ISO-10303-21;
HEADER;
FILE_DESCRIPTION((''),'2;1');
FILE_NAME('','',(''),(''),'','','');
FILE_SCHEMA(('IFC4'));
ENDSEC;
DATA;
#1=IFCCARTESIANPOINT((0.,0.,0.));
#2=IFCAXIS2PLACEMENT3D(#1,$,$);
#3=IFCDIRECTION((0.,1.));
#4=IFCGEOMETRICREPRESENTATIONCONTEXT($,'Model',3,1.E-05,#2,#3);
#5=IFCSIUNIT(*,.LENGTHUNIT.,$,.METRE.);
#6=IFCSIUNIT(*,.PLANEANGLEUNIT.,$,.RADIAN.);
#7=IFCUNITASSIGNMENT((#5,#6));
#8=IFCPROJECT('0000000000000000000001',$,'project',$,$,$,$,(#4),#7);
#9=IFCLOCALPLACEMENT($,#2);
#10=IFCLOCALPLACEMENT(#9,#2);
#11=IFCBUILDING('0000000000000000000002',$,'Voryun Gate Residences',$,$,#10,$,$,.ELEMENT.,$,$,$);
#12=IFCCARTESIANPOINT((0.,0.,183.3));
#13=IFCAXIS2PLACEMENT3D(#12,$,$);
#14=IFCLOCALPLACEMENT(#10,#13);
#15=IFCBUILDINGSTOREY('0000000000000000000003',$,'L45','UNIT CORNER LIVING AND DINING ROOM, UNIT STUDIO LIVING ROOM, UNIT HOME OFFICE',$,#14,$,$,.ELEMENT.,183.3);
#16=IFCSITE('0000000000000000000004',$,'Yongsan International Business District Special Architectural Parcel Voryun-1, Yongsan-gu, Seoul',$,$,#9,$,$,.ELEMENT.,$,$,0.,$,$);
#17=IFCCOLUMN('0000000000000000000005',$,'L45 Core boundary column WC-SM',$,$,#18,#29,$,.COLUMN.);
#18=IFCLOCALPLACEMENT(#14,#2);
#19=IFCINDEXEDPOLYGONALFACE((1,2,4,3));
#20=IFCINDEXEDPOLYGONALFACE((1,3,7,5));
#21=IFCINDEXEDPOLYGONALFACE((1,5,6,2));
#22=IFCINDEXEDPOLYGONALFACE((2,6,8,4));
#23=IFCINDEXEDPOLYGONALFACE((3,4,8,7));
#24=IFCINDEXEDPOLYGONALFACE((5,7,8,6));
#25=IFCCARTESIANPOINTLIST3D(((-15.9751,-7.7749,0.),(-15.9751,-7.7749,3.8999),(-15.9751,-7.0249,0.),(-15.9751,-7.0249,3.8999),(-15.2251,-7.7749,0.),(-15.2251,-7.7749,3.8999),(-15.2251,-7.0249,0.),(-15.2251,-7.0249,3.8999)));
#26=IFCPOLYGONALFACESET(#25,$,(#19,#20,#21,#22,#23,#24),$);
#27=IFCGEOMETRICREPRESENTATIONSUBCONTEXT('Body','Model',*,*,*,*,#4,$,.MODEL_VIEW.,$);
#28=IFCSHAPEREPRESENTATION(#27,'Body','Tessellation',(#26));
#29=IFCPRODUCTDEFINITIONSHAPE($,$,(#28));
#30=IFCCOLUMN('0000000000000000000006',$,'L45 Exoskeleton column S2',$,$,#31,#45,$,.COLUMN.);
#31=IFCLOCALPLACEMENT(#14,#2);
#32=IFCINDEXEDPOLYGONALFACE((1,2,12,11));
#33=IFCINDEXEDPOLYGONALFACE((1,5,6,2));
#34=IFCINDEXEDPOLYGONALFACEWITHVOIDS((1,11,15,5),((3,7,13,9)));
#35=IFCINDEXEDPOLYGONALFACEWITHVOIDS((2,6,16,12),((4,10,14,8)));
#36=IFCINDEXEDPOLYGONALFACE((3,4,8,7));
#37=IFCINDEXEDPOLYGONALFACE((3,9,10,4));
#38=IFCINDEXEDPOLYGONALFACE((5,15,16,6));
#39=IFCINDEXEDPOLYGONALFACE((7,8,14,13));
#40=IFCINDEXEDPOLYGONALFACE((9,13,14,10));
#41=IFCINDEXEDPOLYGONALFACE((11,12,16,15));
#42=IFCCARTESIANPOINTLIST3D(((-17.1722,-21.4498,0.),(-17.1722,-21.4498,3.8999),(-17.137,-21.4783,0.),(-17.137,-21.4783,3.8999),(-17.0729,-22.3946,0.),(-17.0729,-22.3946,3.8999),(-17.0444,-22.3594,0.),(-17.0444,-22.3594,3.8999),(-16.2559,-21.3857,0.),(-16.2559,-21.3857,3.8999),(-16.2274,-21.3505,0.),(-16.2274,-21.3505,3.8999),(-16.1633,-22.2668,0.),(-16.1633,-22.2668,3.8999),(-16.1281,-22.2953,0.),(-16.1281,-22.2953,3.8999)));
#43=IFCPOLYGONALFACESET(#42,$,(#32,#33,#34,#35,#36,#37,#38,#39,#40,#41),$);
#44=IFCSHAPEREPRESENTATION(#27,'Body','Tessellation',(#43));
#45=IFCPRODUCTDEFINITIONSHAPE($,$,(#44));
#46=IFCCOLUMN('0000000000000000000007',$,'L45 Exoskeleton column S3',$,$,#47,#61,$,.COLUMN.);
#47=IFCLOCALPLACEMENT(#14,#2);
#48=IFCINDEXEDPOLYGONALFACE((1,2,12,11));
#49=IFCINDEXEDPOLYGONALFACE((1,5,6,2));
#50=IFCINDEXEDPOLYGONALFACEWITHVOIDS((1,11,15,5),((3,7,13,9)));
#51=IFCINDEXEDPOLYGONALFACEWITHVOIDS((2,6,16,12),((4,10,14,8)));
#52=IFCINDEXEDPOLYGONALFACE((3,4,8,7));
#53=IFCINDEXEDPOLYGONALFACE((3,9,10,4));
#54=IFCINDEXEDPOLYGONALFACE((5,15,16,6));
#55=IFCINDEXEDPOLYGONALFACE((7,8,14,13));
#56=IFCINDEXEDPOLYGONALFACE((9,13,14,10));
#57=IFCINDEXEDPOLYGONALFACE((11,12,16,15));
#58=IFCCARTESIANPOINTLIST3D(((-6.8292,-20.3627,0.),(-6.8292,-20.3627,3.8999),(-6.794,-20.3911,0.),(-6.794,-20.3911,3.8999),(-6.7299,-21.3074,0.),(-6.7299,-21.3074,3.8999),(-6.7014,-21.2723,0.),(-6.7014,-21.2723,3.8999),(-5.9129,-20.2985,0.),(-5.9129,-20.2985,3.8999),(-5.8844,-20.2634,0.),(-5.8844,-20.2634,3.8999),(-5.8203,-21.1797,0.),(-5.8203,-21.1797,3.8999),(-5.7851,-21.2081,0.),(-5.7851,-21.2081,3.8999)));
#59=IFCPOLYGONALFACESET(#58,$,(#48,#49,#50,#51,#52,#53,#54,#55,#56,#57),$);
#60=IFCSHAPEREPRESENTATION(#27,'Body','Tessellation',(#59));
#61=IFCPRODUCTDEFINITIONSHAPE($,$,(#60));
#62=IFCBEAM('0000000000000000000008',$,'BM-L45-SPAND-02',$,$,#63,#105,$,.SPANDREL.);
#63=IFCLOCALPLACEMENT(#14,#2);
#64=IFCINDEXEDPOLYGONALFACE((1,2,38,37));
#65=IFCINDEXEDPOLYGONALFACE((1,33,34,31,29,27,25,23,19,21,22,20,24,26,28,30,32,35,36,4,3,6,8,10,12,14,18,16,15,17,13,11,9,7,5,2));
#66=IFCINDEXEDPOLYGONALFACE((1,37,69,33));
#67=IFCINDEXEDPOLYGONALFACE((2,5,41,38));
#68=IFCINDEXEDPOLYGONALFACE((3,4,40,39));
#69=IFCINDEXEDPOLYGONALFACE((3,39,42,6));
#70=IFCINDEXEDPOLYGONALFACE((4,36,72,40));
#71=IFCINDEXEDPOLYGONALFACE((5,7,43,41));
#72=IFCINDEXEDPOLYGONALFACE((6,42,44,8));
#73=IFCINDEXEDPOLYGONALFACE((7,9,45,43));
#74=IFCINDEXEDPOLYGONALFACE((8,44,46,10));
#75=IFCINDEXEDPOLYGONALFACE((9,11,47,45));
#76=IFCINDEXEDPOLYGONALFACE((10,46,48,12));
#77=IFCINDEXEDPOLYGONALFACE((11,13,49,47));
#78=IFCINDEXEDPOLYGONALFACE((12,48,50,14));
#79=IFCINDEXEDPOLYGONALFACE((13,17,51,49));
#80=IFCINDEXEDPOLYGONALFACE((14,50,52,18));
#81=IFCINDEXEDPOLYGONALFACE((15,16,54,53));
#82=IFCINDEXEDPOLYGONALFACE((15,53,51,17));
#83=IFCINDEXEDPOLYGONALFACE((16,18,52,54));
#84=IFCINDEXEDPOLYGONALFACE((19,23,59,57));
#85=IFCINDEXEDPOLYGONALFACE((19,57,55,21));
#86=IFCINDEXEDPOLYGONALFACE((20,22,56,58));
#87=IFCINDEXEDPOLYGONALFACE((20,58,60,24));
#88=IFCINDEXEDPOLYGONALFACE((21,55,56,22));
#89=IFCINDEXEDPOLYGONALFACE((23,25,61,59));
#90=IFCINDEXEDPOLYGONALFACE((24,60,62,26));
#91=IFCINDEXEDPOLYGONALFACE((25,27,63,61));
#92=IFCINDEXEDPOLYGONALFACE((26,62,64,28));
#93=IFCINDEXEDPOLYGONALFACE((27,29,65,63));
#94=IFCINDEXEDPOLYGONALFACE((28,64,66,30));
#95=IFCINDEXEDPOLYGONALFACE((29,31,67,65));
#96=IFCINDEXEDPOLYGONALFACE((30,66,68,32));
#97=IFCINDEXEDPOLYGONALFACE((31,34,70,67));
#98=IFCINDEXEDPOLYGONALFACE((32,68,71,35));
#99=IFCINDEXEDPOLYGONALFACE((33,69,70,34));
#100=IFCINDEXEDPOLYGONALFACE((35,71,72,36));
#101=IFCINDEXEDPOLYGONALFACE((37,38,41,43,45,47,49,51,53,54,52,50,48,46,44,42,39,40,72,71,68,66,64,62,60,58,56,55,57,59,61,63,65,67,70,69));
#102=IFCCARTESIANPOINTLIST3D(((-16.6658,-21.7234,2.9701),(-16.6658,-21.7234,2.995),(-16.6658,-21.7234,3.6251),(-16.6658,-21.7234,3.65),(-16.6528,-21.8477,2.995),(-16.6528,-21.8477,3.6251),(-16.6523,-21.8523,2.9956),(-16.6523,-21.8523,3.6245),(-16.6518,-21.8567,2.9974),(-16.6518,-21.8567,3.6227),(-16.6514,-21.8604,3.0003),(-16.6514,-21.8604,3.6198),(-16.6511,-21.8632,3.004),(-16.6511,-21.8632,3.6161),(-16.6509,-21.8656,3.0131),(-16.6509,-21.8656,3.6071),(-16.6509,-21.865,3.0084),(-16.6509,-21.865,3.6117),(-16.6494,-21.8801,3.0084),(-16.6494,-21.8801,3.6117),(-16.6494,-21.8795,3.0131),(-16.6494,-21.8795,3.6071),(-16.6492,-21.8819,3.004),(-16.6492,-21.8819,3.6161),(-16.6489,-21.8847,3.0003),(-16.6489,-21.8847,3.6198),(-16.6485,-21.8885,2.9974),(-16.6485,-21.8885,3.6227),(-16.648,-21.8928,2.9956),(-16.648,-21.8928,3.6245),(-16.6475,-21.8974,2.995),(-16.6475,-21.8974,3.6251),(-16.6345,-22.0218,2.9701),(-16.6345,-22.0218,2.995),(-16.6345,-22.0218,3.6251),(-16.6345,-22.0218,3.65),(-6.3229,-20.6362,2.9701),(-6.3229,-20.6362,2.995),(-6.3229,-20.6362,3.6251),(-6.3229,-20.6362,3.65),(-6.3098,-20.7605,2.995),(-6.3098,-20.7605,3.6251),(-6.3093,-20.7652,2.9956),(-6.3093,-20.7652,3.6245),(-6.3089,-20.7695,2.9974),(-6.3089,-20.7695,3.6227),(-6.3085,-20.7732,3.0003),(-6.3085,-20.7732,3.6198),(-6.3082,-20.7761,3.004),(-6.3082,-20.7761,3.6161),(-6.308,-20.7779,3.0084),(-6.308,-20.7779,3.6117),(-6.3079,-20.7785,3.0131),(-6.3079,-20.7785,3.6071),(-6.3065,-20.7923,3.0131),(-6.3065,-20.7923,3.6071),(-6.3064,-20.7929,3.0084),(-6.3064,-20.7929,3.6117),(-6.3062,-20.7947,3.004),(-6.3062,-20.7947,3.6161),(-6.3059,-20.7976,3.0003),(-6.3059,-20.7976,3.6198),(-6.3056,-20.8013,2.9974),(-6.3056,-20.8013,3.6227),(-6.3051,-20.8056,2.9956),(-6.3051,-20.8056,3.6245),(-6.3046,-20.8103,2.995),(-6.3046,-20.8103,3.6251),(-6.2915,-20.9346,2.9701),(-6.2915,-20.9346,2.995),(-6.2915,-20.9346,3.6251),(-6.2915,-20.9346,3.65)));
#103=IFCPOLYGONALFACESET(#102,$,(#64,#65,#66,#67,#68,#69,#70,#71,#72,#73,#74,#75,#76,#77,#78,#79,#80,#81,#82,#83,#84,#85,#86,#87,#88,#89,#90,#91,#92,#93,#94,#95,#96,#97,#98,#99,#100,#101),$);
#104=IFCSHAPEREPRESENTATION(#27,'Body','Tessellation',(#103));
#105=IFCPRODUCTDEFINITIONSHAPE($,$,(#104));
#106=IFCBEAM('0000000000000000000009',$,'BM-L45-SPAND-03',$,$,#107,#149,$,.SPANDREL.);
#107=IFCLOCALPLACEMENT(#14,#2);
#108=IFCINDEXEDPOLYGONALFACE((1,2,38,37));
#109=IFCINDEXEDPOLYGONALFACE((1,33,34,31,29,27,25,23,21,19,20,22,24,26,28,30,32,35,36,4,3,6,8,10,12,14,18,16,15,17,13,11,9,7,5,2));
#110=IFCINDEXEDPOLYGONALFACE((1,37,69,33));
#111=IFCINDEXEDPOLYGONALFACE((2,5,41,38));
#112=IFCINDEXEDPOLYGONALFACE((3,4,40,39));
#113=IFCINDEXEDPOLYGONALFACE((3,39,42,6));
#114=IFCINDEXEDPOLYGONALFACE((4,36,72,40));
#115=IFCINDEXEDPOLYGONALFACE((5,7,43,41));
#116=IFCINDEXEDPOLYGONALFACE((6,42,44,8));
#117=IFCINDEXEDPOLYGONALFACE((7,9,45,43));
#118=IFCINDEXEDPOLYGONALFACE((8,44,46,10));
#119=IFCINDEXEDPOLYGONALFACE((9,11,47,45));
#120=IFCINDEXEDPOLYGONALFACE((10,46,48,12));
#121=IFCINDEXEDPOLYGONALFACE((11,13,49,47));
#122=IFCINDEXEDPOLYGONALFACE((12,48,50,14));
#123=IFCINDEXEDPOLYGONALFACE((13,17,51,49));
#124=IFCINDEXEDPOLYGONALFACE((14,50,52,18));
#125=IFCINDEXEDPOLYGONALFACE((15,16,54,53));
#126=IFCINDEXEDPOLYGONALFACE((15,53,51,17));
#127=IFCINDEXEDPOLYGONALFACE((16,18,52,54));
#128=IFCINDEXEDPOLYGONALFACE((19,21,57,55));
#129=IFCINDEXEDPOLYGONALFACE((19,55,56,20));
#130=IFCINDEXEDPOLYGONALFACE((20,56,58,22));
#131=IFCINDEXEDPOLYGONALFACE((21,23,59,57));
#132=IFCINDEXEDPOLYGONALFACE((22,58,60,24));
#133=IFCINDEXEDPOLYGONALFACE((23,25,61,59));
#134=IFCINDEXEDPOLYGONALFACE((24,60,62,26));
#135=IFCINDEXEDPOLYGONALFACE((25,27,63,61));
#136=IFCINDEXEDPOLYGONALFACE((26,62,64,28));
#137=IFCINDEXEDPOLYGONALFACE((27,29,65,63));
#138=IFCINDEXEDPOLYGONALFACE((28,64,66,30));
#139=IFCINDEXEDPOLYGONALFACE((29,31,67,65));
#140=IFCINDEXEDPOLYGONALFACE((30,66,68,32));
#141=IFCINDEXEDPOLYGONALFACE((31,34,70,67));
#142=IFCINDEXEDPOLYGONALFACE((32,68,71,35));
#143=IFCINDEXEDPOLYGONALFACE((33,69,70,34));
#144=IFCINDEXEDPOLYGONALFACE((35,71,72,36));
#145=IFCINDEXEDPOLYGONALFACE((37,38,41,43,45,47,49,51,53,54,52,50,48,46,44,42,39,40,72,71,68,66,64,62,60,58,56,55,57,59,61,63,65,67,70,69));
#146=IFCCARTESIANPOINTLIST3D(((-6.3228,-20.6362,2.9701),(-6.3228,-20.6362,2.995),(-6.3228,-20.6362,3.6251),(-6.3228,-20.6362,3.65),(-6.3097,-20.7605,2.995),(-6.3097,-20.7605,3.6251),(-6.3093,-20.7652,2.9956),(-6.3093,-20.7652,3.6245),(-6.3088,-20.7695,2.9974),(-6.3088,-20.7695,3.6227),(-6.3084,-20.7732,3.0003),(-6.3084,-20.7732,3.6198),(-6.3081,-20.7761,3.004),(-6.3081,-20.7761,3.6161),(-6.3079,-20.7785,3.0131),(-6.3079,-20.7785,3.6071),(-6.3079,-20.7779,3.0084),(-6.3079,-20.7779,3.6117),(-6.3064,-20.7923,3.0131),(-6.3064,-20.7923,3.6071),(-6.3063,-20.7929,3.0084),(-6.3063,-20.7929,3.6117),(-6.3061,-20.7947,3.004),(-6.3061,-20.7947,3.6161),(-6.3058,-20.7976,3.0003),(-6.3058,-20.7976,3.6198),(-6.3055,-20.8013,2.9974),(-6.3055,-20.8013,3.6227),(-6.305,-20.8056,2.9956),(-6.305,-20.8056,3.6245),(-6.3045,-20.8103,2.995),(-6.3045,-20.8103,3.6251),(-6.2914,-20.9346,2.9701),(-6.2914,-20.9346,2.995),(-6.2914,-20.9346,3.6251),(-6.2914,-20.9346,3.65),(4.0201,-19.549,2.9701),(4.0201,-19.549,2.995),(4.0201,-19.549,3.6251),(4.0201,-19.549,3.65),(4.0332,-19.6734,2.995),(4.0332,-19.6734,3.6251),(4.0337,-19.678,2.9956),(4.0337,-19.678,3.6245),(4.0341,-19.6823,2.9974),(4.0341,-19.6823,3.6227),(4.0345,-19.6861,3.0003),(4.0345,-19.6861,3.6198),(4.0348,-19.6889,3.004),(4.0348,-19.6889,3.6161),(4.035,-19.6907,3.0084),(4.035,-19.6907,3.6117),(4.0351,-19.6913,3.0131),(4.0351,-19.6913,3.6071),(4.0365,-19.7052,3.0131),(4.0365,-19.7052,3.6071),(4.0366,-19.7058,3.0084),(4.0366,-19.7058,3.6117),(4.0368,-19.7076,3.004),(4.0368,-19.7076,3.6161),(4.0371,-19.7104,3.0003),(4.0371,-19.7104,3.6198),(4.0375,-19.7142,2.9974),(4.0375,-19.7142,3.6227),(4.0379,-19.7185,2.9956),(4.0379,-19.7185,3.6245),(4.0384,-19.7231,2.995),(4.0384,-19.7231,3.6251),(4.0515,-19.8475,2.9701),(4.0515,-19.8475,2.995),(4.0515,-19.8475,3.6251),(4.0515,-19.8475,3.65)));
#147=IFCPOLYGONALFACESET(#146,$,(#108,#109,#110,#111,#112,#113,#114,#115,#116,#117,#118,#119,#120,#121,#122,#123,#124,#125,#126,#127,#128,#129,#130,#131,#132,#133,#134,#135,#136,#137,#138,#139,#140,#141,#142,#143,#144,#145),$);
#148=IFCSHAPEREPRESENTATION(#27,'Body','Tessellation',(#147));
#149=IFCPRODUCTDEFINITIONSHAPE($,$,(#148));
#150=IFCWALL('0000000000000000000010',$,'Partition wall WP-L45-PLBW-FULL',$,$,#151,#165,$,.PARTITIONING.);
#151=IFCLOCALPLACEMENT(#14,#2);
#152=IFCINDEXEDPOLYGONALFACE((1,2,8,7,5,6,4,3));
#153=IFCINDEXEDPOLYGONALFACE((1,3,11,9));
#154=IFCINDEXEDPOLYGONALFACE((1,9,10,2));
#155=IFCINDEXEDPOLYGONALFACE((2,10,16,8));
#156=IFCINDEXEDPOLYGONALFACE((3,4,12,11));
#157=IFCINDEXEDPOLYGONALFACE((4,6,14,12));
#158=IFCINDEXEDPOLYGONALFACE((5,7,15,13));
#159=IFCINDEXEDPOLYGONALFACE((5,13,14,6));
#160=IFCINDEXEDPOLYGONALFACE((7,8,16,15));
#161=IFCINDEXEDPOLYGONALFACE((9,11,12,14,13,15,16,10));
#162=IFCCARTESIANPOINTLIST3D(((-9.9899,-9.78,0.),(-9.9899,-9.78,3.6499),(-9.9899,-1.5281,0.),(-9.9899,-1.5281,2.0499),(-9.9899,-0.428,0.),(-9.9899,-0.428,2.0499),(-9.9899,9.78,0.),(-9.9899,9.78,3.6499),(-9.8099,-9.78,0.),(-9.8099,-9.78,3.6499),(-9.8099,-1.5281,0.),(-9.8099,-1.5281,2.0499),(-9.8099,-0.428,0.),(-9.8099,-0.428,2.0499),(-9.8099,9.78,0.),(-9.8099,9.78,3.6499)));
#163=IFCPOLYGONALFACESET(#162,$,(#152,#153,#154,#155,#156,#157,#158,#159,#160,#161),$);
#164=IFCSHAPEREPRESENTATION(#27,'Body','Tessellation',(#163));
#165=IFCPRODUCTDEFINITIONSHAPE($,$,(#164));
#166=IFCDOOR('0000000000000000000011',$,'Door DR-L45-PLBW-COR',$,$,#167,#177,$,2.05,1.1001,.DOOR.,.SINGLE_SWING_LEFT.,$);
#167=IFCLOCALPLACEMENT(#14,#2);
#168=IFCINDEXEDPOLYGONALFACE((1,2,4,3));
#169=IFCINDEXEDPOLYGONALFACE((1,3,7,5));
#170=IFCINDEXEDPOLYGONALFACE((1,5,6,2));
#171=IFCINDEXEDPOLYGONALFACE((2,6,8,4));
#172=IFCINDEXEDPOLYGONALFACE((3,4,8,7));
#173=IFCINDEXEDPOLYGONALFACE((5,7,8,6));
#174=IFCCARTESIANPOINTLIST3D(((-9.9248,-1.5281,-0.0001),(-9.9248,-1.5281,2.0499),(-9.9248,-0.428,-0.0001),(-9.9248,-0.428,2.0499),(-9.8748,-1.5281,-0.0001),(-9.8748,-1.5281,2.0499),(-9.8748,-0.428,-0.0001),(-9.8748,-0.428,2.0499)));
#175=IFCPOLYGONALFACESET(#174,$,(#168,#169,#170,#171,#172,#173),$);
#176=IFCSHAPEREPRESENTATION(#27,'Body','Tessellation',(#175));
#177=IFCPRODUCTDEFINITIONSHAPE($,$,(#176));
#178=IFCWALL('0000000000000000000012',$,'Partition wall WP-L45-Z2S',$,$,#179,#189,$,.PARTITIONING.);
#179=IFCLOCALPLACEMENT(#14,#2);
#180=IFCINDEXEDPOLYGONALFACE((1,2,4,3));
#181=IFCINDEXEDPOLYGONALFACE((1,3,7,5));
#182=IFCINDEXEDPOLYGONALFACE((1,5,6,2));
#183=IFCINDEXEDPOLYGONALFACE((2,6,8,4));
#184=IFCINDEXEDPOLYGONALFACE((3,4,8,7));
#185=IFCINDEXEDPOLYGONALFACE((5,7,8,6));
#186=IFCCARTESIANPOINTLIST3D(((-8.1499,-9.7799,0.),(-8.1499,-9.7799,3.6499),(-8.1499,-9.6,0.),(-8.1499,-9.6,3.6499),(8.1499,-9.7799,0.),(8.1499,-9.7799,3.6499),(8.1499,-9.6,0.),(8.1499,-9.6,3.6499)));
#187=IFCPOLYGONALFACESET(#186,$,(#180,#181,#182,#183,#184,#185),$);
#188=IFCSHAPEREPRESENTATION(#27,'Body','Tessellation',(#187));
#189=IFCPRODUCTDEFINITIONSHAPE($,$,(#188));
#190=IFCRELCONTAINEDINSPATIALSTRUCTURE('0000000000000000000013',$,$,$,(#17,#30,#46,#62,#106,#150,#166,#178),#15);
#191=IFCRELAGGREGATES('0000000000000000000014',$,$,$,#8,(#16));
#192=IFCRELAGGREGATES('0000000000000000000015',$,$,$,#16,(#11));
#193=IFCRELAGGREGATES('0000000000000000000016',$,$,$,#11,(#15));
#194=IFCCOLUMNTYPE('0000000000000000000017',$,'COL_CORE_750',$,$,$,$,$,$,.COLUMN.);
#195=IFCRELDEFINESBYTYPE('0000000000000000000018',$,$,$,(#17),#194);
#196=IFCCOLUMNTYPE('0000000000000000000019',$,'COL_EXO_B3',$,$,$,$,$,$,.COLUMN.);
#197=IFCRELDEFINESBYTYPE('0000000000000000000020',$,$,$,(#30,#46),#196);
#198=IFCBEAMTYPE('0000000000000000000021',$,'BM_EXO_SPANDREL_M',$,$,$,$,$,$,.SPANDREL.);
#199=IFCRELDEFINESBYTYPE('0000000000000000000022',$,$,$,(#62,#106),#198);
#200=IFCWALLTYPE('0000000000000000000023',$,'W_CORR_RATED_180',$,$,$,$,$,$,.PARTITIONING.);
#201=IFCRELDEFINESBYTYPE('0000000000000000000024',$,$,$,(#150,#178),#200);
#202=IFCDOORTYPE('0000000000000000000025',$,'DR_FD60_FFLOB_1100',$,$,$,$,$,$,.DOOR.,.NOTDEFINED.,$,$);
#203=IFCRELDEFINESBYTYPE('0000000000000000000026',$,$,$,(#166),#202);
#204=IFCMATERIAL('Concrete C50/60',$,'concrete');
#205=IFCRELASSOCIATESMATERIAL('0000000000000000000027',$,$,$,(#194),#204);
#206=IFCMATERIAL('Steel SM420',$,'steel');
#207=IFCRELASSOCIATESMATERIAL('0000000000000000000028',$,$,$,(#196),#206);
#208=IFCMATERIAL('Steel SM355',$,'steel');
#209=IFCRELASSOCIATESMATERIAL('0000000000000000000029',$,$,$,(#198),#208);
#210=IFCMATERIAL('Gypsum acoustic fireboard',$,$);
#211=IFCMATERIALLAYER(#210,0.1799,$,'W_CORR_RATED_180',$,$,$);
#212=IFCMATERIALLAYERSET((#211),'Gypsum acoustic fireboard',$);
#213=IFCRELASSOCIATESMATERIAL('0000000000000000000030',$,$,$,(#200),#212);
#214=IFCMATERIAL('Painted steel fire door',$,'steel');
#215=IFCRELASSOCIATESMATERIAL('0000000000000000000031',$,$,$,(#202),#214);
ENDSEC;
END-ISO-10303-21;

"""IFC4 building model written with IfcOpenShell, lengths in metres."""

from ifc_helpers import new_model, si_unit, direction, frame, frame_2d, origin, origin_2d, place, context, subcontext, project, spatial, rectangle, hollow_rectangle, i_section, extrude, material, layer, layer_set, material_profile, profile_set, type_object, element, fill, save


model = new_model("IFC4")

# Units and contexts
model_context = context("Model", 3, precision=1e-05, world=origin(), true_north=direction((0.0, 1.0)))
body_context = subcontext(model_context, "Body", "Model", "MODEL_VIEW")
ifc_project = project(units=[si_unit("LENGTHUNIT", "METRE"), si_unit("PLANEANGLEUNIT", "RADIAN")], contexts=[model_context])

# Site, building, storey
site_placement = place(None, origin())
site = spatial("IfcSite", under=ifc_project, at=site_placement, Name="Yongsan International Business District Special Architectural Parcel Voryun-1, Yongsan-gu, Seoul", CompositionType="ELEMENT", RefElevation=0.0)
building_placement = place(site_placement, origin())
building = spatial("IfcBuilding", under=site, at=building_placement, Name="Voryun Gate Residences", CompositionType="ELEMENT")
storey_placement = place(building_placement, frame((0.0, 0.0, 183.3)))
storey = spatial("IfcBuildingStorey", under=building, at=storey_placement, Name="L45", Description="UNIT CORNER LIVING AND DINING ROOM, UNIT STUDIO LIVING ROOM, UNIT HOME OFFICE", CompositionType="ELEMENT", Elevation=183.3)

# Columns
ifc_material_1 = material(Name="Concrete C50/60", Category="concrete")
ifc_material_profile_1 = material_profile(ifc_material_1, rectangle(XDim=0.75, YDim=0.75, at=origin_2d()), Name="RC-750x750")
ifc_profile_set_1 = profile_set([ifc_material_profile_1], Name="Concrete C50/60")
column_type_1 = type_object("IfcColumnType", Name="COL_CORE_750", PredefinedType="COLUMN", material=ifc_profile_set_1)
column_placement = place(storey_placement, frame((-15.6001, -7.3999, 0.0), z_axis=(0.0, 0.0, 1.0), x_axis=(1.0, 0.0, 0.0)))
element("IfcColumn", 1, at=column_placement, inside=storey, type_object=column_type_1, Name="L45 Core boundary column WC-SM", PredefinedType="COLUMN", context=body_context, shape_type="SweptSolid", body=[
    extrude(rectangle(XDim=0.75, YDim=0.75, at=origin_2d()), origin(), (0.0, 0.0, 1.0), 3.8999),
])
ifc_material_2 = material(Name="Steel SM420", Category="steel")
ifc_material_profile_2 = material_profile(ifc_material_2, hollow_rectangle(XDim=0.95, YDim=0.95, WallThickness=0.032, at=origin_2d()), Name="BOX-950x950x32")
ifc_profile_set_2 = profile_set([ifc_material_profile_2], Name="Steel SM420")
column_type_2 = type_object("IfcColumnType", Name="COL_EXO_B3", PredefinedType="COLUMN", material=ifc_profile_set_2)
for number, where, z_axis, x_axis, name in (
    (2, (-16.6501, -21.8726, 0.0), (0.0, 0.0, 1.0), (0.994522, 0.104528, 0.0), "L45 Exoskeleton column S2"),
    (3, (-6.3071, -20.7854, 0.0), (0.0, 0.0, 1.0), (0.994522, 0.104528, 0.0), "L45 Exoskeleton column S3"),
):
    element("IfcColumn", number, at=place(storey_placement, frame(where, z_axis=z_axis, x_axis=x_axis)), inside=storey, type_object=column_type_2, Name=name, PredefinedType="COLUMN", context=body_context, shape_type="SweptSolid", body=[
        extrude(hollow_rectangle(XDim=0.95, YDim=0.95, WallThickness=0.032, at=origin_2d()), origin(), (0.0, 0.0, 1.0), 3.8999),
    ])

# Beams
ifc_material_3 = material(Name="Steel SM355", Category="steel")
ifc_material_profile_3 = material_profile(ifc_material_3, i_section(OverallWidth=0.3, OverallDepth=0.6799, WebThickness=0.0139, FlangeThickness=0.0249, FilletRadius=0.0181, at=origin_2d()), Name="H-680x300x14x25")
ifc_profile_set_3 = profile_set([ifc_material_profile_3], Name="Steel SM355")
beam_type = type_object("IfcBeamType", Name="BM_EXO_SPANDREL_M", PredefinedType="SPANDREL", material=ifc_profile_set_3)
for number, where, z_axis, x_axis, name in (
    (4, (-16.6501, -21.8726, 3.3101), (0.994521, 0.104534, 0.0), (-0.104534, 0.994521, 0.0), "BM-L45-SPAND-02"),
    (5, (-6.3071, -20.7854, 3.3101), (0.994521, 0.104534, 0.0), (-0.104534, 0.994521, 0.0), "BM-L45-SPAND-03"),
):
    element("IfcBeam", number, at=place(storey_placement, frame(where, z_axis=z_axis, x_axis=x_axis)), inside=storey, type_object=beam_type, Name=name, PredefinedType="SPANDREL", context=body_context, shape_type="SweptSolid", body=[
        extrude(i_section(OverallWidth=0.3, OverallDepth=0.6799, WebThickness=0.0139, FlangeThickness=0.0249, FilletRadius=0.0181, at=origin_2d()), origin(), (0.0, 0.0, 1.0), 10.3999),
    ])

# Wall, opening, door
ifc_material_4 = material(Name="Gypsum acoustic fireboard")
ifc_layer_1 = layer(ifc_material_4, 0.1799, Name="W_CORR_RATED_180")
ifc_layer_set_1 = layer_set([ifc_layer_1], Name="Gypsum acoustic fireboard")
wall_type_1 = type_object("IfcWallType", Name="W_CORR_RATED_180", PredefinedType="PARTITIONING", material=ifc_layer_set_1)
wall_1_placement = place(storey_placement, frame((-9.8999, -9.78, 0.0), z_axis=(0.0, 0.0, 1.0), x_axis=(0.0, 1.0, 0.0)))
wall_1 = element("IfcWall", 6, at=wall_1_placement, inside=storey, type_object=wall_type_1, Name="Partition wall WP-L45-PLBW-FULL", PredefinedType="PARTITIONING", context=body_context, shape_type="SweptSolid", body=[
    extrude(rectangle(XDim=19.5601, YDim=0.1799, at=frame_2d((9.78, 0.0))), origin(), (0.0, 0.0, 1.0), 3.6499),
])
opening_1_placement = place(wall_1_placement, frame((8.252, 0.0, 0.0)))
opening_1 = element("IfcOpeningElement", 7, at=opening_1_placement, cuts=wall_1, PredefinedType="OPENING", context=body_context, shape_type="SweptSolid", body=[
    extrude(rectangle(XDim=1.1001, YDim=2.05, at=frame_2d((0.55, 1.0249))), frame((0.0, 0.0999, 0.0), z_axis=(0.0, -1.0, 0.0), x_axis=(1.0, 0.0, 0.0)), (0.0, 0.0, 1.0), 0.2),
])
ifc_material_5 = material(Name="Painted steel fire door", Category="steel")
door_type_1 = type_object("IfcDoorType", Name="DR_FD60_FFLOB_1100", OperationType="NOTDEFINED", PredefinedType="DOOR", material=ifc_material_5)
door_1_placement = place(opening_1_placement, origin())
door_1 = element("IfcDoor", 8, at=door_1_placement, inside=storey, type_object=door_type_1, Name="Door DR-L45-PLBW-COR", OperationType="SINGLE_SWING_LEFT", OverallHeight=2.05, OverallWidth=1.1001, PredefinedType="DOOR", context=body_context, shape_type="SweptSolid", body=[
    extrude(rectangle(XDim=1.1001, YDim=2.05, at=frame_2d((0.55, 1.0249))), frame((0.0, 0.0249, 0.0), z_axis=(0.0, -1.0, 0.0), x_axis=(1.0, 0.0, 0.0)), (0.0, 0.0, 1.0), 0.05),
])
fill(opening_1, door_1)

# Wall
wall_2_placement = place(storey_placement, frame((-8.1499, -9.6899, 0.0), z_axis=(0.0, 0.0, 1.0), x_axis=(1.0, 0.0, 0.0)))
element("IfcWall", 9, at=wall_2_placement, inside=storey, type_object=wall_type_1, Name="Partition wall WP-L45-Z2S", PredefinedType="PARTITIONING", context=body_context, shape_type="SweptSolid", body=[
    extrude(rectangle(XDim=16.2998, YDim=0.1799, at=frame_2d((8.1499, 0.0))), origin(), (0.0, 0.0, 1.0), 3.6499),
])

save(model, "model.ifc")
